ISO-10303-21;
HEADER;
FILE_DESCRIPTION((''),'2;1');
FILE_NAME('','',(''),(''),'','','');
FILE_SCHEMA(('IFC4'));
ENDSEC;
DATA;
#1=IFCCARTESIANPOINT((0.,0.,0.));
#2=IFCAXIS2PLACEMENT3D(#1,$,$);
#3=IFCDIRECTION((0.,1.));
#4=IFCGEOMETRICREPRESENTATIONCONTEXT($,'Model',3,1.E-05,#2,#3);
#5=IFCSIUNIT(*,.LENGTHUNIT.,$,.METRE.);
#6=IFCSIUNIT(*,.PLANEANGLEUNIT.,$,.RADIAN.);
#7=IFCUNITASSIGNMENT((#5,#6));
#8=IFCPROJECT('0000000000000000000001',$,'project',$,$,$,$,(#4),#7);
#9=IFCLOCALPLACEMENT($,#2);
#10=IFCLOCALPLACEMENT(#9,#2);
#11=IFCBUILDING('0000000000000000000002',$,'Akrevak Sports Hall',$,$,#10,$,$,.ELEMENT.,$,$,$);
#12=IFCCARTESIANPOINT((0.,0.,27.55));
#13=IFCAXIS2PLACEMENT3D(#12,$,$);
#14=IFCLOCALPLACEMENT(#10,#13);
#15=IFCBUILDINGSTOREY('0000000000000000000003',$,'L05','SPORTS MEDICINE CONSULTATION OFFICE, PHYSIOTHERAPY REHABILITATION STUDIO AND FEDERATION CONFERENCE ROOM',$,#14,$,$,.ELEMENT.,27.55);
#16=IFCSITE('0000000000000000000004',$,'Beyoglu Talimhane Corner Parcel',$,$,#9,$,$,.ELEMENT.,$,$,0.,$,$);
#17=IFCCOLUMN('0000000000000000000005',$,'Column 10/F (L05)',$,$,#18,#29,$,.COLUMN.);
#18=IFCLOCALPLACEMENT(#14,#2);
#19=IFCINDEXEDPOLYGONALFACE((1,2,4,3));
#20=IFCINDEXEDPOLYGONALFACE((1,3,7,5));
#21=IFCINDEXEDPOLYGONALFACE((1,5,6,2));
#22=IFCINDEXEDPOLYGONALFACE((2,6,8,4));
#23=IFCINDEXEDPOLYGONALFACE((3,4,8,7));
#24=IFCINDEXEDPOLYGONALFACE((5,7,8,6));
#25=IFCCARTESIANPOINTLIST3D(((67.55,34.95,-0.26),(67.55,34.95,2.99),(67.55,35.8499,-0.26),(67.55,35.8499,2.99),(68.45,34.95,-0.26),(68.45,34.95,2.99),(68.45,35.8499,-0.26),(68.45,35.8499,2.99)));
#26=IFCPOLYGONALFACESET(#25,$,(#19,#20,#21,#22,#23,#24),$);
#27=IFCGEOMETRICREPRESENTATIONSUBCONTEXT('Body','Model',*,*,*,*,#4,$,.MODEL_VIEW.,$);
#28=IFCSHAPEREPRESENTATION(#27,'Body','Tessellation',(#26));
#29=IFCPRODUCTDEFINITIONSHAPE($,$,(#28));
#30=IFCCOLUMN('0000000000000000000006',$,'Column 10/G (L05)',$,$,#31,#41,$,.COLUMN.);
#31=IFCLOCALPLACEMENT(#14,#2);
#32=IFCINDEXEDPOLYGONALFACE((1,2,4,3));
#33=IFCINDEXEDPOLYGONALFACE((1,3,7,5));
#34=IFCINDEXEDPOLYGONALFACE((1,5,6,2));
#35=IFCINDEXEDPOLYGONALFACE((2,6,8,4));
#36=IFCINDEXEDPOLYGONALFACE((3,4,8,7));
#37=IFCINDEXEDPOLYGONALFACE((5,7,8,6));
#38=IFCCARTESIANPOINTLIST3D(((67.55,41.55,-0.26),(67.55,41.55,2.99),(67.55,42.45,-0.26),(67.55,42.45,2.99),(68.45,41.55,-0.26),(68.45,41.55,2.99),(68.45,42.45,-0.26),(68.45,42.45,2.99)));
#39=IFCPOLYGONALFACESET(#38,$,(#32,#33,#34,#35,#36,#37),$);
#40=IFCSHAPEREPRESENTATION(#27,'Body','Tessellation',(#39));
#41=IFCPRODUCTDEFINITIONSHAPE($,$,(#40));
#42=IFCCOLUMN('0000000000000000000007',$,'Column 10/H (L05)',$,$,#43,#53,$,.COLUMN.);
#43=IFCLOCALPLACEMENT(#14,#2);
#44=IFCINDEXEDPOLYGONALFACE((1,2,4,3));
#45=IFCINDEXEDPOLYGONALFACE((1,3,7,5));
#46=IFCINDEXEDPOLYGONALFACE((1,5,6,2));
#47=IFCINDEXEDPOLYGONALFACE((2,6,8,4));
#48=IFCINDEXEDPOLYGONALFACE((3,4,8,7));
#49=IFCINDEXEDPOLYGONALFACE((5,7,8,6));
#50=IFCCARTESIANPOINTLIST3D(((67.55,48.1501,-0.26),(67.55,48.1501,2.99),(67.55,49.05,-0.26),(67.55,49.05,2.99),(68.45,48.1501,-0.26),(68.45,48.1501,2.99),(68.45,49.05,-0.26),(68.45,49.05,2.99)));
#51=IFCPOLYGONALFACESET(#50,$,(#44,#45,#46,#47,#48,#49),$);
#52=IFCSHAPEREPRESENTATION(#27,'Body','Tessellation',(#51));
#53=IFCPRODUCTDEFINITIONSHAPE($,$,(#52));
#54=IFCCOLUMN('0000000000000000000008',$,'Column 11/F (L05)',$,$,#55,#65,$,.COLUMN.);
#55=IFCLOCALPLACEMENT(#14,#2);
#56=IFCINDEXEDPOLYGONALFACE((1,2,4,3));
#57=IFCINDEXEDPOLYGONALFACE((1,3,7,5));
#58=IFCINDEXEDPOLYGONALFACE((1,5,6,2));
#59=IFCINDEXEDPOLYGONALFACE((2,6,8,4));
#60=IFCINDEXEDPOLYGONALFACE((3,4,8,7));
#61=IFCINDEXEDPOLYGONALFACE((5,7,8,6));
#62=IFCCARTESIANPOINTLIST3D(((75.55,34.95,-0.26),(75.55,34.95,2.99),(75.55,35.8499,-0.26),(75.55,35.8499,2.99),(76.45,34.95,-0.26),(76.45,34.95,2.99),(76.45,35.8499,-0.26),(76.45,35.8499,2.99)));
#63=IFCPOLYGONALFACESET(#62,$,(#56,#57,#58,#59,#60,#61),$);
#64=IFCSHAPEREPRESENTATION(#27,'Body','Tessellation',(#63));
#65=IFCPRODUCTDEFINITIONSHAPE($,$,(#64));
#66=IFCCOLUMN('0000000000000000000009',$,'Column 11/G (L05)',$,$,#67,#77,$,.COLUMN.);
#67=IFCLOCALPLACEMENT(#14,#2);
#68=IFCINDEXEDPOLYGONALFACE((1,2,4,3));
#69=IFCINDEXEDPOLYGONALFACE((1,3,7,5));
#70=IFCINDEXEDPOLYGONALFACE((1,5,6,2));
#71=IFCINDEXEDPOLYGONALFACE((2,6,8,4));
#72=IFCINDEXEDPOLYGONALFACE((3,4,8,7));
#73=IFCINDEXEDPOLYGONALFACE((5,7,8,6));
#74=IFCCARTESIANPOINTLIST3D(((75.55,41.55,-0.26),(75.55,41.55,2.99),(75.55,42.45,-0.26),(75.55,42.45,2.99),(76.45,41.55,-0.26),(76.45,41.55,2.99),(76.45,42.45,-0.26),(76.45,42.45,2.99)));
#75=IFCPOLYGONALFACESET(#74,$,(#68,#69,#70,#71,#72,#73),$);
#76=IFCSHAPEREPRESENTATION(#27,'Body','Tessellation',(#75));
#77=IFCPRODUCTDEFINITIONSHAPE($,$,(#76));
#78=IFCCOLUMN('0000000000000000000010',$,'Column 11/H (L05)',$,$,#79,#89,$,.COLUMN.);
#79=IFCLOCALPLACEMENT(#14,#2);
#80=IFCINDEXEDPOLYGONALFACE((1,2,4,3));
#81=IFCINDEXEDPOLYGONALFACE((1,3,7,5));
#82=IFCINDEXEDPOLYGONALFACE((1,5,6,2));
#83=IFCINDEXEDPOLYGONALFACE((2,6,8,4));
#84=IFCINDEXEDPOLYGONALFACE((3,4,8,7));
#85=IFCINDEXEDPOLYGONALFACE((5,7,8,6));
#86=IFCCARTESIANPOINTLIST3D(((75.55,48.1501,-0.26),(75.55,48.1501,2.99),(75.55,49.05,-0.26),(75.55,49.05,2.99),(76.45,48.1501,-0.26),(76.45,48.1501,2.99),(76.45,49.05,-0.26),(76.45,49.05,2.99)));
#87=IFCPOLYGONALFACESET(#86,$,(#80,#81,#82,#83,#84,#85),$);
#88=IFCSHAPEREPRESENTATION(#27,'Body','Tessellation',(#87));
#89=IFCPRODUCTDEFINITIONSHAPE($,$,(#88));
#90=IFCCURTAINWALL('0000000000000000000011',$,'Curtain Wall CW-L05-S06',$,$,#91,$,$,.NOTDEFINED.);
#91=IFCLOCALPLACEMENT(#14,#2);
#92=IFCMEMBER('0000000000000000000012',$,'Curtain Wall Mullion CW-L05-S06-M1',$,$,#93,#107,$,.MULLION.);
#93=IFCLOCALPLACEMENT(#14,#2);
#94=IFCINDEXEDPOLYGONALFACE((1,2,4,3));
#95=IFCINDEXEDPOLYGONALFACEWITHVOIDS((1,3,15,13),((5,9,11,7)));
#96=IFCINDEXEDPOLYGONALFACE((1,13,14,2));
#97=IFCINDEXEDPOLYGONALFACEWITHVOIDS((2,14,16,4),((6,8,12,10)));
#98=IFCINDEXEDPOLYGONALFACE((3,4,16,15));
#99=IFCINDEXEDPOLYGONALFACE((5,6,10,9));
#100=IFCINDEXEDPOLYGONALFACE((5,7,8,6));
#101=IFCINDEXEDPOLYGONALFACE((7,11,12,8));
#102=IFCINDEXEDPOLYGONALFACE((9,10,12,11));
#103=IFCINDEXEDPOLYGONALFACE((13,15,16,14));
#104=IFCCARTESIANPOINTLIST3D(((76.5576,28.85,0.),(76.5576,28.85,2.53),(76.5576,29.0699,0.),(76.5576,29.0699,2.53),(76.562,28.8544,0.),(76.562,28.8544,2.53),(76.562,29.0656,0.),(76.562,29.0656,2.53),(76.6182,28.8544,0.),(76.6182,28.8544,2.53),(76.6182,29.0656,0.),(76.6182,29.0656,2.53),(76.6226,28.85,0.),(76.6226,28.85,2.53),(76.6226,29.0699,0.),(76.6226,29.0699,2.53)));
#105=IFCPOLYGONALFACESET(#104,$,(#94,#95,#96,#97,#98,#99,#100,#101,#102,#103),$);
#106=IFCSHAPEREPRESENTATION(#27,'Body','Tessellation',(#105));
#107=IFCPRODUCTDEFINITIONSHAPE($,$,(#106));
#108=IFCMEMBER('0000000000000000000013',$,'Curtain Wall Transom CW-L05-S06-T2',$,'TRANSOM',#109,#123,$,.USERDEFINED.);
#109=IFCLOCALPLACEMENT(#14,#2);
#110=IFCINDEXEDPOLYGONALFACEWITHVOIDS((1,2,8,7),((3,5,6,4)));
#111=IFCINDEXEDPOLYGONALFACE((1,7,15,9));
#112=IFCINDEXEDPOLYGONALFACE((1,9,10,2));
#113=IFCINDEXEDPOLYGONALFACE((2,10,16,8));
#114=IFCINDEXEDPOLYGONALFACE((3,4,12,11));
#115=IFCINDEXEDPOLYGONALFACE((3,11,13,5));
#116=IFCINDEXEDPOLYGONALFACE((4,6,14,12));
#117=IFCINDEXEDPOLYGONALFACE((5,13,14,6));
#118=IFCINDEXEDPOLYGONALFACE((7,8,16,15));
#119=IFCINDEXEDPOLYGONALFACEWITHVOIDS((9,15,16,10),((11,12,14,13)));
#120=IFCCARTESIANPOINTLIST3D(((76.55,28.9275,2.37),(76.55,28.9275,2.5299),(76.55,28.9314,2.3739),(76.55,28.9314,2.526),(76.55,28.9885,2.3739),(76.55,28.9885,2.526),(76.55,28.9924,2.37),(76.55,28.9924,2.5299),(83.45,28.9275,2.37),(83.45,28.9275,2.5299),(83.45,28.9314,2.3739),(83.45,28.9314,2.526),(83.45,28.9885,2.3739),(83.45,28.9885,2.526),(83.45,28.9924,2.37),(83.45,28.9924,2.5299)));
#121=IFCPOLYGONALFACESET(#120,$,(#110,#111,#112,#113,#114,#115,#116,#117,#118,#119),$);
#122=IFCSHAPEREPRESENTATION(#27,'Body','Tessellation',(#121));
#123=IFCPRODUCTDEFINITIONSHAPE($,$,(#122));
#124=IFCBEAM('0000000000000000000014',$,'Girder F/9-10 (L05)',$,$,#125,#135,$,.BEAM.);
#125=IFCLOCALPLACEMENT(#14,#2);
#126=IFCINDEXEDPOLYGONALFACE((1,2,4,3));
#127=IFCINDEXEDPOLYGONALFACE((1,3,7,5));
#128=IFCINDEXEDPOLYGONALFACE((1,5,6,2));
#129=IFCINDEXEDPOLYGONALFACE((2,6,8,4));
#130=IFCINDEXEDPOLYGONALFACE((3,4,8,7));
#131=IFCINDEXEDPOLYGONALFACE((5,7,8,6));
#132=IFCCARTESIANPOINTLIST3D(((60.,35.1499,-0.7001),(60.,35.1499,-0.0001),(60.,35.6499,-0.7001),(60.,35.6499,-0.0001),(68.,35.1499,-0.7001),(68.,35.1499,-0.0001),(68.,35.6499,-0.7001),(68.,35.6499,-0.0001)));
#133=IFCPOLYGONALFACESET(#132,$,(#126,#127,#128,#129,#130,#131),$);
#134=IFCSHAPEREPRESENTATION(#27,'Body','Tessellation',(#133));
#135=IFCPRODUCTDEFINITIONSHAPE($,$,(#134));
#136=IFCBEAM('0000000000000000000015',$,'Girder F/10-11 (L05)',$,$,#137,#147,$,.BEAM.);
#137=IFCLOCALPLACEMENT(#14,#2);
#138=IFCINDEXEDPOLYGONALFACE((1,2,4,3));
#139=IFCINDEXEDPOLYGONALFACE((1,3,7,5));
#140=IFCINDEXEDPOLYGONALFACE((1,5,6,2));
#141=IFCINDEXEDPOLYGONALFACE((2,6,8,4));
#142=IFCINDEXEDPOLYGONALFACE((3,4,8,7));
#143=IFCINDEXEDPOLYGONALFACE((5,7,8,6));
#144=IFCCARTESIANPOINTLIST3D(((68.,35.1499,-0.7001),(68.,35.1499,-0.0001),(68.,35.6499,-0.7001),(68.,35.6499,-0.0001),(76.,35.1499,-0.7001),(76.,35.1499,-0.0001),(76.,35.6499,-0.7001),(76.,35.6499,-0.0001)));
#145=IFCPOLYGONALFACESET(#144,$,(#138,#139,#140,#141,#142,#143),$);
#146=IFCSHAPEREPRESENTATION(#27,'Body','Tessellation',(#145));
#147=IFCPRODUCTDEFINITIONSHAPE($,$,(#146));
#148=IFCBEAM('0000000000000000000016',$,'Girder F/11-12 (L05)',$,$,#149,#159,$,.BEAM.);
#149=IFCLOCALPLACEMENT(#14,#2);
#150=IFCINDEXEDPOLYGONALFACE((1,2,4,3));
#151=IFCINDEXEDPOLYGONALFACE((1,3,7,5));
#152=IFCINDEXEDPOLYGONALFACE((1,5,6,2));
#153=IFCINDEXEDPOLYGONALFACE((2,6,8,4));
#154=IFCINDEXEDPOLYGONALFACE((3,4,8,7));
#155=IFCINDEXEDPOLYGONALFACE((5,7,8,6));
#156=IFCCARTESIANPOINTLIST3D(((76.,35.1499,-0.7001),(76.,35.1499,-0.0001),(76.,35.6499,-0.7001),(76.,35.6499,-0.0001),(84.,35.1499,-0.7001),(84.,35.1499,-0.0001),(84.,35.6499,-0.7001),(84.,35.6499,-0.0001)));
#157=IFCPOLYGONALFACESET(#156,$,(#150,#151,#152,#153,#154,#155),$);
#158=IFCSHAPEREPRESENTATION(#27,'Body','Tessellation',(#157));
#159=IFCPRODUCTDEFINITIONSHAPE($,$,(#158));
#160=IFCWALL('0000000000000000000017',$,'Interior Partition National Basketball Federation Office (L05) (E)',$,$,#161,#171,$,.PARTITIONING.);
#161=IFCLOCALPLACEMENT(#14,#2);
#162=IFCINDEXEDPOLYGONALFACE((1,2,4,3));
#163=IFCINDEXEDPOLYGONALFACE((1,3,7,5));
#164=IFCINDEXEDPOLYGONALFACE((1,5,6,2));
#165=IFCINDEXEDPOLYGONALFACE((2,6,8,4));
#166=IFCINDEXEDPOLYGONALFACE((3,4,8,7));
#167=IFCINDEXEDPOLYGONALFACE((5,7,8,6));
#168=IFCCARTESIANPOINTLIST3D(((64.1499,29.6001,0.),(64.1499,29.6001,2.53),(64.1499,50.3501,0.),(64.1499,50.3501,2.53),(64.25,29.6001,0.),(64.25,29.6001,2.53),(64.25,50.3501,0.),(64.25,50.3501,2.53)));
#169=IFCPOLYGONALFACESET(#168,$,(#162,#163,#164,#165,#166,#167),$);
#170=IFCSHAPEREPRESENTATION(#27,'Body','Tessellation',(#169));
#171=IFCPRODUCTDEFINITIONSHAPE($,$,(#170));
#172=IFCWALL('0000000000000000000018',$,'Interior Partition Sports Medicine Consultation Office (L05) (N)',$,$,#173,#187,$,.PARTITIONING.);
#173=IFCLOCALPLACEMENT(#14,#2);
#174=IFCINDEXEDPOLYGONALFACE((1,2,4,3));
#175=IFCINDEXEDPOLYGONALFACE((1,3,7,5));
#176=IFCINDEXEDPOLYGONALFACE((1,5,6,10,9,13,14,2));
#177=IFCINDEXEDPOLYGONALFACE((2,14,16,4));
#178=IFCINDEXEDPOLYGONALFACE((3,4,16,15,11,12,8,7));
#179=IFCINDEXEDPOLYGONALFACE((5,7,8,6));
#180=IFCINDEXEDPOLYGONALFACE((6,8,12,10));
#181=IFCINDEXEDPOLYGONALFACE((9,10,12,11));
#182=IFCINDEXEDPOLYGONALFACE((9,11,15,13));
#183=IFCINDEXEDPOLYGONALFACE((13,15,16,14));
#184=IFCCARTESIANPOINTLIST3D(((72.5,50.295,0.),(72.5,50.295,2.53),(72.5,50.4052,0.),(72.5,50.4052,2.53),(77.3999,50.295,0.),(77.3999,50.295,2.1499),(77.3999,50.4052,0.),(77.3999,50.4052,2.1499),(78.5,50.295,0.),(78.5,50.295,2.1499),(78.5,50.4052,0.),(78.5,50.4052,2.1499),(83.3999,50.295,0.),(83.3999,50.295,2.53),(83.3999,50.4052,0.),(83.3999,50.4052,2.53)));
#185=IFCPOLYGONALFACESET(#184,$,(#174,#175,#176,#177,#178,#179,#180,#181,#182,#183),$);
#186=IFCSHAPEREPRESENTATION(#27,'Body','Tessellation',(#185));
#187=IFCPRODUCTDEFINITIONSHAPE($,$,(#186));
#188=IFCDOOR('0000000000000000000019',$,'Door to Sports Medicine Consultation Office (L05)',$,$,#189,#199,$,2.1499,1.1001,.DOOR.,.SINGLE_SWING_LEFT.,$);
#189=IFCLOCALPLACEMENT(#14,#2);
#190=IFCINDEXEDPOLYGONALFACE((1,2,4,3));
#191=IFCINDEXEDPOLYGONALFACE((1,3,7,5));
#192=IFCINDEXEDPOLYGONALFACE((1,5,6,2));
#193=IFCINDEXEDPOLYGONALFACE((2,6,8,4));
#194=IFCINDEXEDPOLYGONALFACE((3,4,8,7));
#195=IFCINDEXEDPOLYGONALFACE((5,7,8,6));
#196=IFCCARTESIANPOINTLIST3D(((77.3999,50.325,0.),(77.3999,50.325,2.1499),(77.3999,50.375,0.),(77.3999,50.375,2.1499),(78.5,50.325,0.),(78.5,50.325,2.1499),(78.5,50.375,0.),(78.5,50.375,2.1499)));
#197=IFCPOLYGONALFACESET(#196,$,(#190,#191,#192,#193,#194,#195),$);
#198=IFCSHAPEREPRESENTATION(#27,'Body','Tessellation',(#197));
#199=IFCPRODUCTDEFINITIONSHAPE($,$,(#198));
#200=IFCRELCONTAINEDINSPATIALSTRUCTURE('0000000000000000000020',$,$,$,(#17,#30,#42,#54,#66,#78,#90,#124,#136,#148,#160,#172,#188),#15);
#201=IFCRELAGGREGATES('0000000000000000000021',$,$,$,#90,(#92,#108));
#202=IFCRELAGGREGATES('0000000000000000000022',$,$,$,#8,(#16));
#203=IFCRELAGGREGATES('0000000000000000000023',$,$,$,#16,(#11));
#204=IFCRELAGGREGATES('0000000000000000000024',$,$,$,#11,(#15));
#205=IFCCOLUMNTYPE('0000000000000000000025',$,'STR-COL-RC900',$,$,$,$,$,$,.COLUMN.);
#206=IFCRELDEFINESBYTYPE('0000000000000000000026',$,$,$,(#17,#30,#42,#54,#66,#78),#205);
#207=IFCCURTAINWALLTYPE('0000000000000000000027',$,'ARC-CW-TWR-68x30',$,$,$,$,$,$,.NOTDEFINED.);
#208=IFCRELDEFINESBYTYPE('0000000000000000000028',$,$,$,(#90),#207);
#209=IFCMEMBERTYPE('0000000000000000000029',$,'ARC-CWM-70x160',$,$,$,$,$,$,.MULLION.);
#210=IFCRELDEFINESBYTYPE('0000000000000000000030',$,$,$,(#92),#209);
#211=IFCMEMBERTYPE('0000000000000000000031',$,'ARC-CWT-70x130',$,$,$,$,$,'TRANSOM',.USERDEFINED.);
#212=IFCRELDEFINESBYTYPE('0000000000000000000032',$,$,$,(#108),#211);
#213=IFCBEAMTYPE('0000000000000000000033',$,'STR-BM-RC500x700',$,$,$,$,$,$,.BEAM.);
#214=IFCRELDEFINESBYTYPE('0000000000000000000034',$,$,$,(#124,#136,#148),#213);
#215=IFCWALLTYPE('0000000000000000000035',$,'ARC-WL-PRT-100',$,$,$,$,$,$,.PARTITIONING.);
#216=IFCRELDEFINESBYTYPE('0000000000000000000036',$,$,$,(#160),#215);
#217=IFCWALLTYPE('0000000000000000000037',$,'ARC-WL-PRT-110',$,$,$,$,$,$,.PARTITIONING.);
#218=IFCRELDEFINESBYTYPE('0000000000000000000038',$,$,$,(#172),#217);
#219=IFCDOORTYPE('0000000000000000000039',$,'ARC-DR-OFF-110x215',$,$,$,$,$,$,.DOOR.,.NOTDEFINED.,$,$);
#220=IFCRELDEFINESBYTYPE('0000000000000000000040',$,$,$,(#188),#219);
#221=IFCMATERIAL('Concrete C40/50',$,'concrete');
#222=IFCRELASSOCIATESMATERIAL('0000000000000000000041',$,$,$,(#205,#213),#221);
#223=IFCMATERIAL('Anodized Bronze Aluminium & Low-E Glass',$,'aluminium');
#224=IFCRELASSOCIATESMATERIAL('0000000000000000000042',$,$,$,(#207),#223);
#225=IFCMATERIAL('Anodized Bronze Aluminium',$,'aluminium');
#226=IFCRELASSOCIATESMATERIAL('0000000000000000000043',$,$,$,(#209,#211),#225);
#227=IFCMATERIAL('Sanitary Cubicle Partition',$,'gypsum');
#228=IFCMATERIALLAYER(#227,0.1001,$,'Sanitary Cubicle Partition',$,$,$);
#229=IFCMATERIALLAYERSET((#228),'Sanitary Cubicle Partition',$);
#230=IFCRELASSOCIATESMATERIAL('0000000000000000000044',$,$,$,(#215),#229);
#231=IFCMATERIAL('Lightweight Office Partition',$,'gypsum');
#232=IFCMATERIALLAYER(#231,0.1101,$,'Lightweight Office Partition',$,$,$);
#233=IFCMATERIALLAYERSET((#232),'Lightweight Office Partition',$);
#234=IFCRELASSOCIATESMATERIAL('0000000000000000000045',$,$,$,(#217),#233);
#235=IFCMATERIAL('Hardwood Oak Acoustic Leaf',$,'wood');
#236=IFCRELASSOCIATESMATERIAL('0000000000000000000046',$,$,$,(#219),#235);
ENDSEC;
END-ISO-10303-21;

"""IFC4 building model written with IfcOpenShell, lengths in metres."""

from ifc_helpers import new_model, si_unit, direction, frame, frame_2d, origin, origin_2d, place, context, subcontext, project, spatial, rectangle, hollow_rectangle, extrude, material, layer, layer_set, material_profile, profile_set, type_object, element, fill, aggregate, save


model = new_model("IFC4")

# Units and contexts
model_context = context("Model", 3, precision=1e-05, world=origin(), true_north=direction((0.0, 1.0)))
body_context = subcontext(model_context, "Body", "Model", "MODEL_VIEW")
ifc_project = project(units=[si_unit("LENGTHUNIT", "METRE"), si_unit("PLANEANGLEUNIT", "RADIAN")], contexts=[model_context])

# Site, building, storey
site_placement = place(None, origin())
site = spatial("IfcSite", under=ifc_project, at=site_placement, Name="Beyoglu Talimhane Corner Parcel", CompositionType="ELEMENT", RefElevation=0.0)
building_placement = place(site_placement, origin())
building = spatial("IfcBuilding", under=site, at=building_placement, Name="Akrevak Sports Hall", CompositionType="ELEMENT")
storey_placement = place(building_placement, frame((0.0, 0.0, 27.55)))
storey = spatial("IfcBuildingStorey", under=building, at=storey_placement, Name="L05", Description="SPORTS MEDICINE CONSULTATION OFFICE, PHYSIOTHERAPY REHABILITATION STUDIO AND FEDERATION CONFERENCE ROOM", CompositionType="ELEMENT", Elevation=27.55)

# Columns
ifc_material_1 = material(Name="Concrete C40/50", Category="concrete")
ifc_material_profile_1 = material_profile(ifc_material_1, rectangle(XDim=0.8999, YDim=0.8999, at=origin_2d()), Name="RC 900x900", Category="concrete")
ifc_profile_set_1 = profile_set([ifc_material_profile_1], Name="Concrete C40/50")
column_type = type_object("IfcColumnType", Name="STR-COL-RC900", PredefinedType="COLUMN", material=ifc_profile_set_1)
for number, where, z_axis, x_axis, name in (
    (1, (68.0, 35.3999, -0.26), (0.0, 0.0, 1.0), (1.0, 0.0, 0.0), "Column 10/F (L05)"),
    (2, (68.0, 42.0, -0.26), (0.0, 0.0, 1.0), (1.0, 0.0, 0.0), "Column 10/G (L05)"),
    (3, (68.0, 48.6001, -0.26), (0.0, 0.0, 1.0), (1.0, 0.0, 0.0), "Column 10/H (L05)"),
    (4, (76.0, 35.3999, -0.26), (0.0, 0.0, 1.0), (1.0, 0.0, 0.0), "Column 11/F (L05)"),
    (5, (76.0, 42.0, -0.26), (0.0, 0.0, 1.0), (1.0, 0.0, 0.0), "Column 11/G (L05)"),
    (6, (76.0, 48.6001, -0.26), (0.0, 0.0, 1.0), (1.0, 0.0, 0.0), "Column 11/H (L05)"),
):
    element("IfcColumn", number, at=place(storey_placement, frame(where, z_axis=z_axis, x_axis=x_axis)), inside=storey, type_object=column_type, Name=name, PredefinedType="COLUMN", context=body_context, shape_type="SweptSolid", body=[
        extrude(rectangle(XDim=0.8999, YDim=0.8999, at=origin_2d()), origin(), (0.0, 0.0, 1.0), 3.25),
    ])

# Curtain wall, members
ifc_material_2 = material(Name="Anodized Bronze Aluminium & Low-E Glass", Category="aluminium")
curtain_wall_type = type_object("IfcCurtainWallType", Name="ARC-CW-TWR-68x30", PredefinedType="NOTDEFINED", material=ifc_material_2)
curtain_wall_placement = place(storey_placement, origin())
curtain_wall = element("IfcCurtainWall", 7, at=curtain_wall_placement, inside=storey, type_object=curtain_wall_type, Name="Curtain Wall CW-L05-S06", PredefinedType="NOTDEFINED")
ifc_material_3 = material(Name="Anodized Bronze Aluminium", Category="aluminium")
ifc_material_profile_2 = material_profile(ifc_material_3, hollow_rectangle(XDim=0.0649, YDim=0.22, WallThickness=0.0044, at=origin_2d()), Name="CWM 65x220", Category="aluminium")
ifc_profile_set_2 = profile_set([ifc_material_profile_2], Name="Anodized Bronze Aluminium")
member_type_1 = type_object("IfcMemberType", Name="ARC-CWM-70x160", PredefinedType="MULLION", material=ifc_profile_set_2)
member_1_placement = place(storey_placement, frame((76.5901, 28.96, 0.0), z_axis=(0.0, 0.0, 1.0), x_axis=(1.0, 0.0, 0.0)))
member_1 = element("IfcMember", 8, at=member_1_placement, type_object=member_type_1, Name="Curtain Wall Mullion CW-L05-S06-M1", PredefinedType="MULLION", context=body_context, shape_type="SweptSolid", body=[
    extrude(hollow_rectangle(XDim=0.0649, YDim=0.22, WallThickness=0.0044, at=origin_2d()), origin(), (0.0, 0.0, 1.0), 2.53),
])
ifc_material_profile_3 = material_profile(ifc_material_3, hollow_rectangle(XDim=0.0649, YDim=0.1599, WallThickness=0.0039, at=origin_2d()), Name="CWT 65x160", Category="aluminium")
ifc_profile_set_3 = profile_set([ifc_material_profile_3], Name="Anodized Bronze Aluminium")
member_type_2 = type_object("IfcMemberType", Name="ARC-CWT-70x130", ElementType="TRANSOM", PredefinedType="USERDEFINED", material=ifc_profile_set_3)
member_2_placement = place(storey_placement, frame((76.55, 28.96, 2.45), z_axis=(1.0, 0.0, 0.0), x_axis=(0.0, 1.0, 0.0)))
member_2 = element("IfcMember", 9, at=member_2_placement, type_object=member_type_2, Name="Curtain Wall Transom CW-L05-S06-T2", ObjectType="TRANSOM", PredefinedType="USERDEFINED", context=body_context, shape_type="SweptSolid", body=[
    extrude(hollow_rectangle(XDim=0.0649, YDim=0.1599, WallThickness=0.0039, at=origin_2d()), origin(), (0.0, 0.0, 1.0), 6.8999),
])
aggregate(curtain_wall, [member_1, member_2])

# Beams
ifc_material_profile_4 = material_profile(ifc_material_1, rectangle(XDim=0.5, YDim=0.7, at=origin_2d()), Name="BM 500x700", Category="concrete")
ifc_profile_set_4 = profile_set([ifc_material_profile_4], Name="Concrete C40/50")
beam_type = type_object("IfcBeamType", Name="STR-BM-RC500x700", PredefinedType="BEAM", material=ifc_profile_set_4)
for number, where, z_axis, x_axis, name in (
    (10, (60.0, 35.3999, -0.3501), (1.0, 0.0, 0.0), (0.0, 1.0, 0.0), "Girder F/9-10 (L05)"),
    (11, (68.0, 35.3999, -0.3501), (1.0, 0.0, 0.0), (0.0, 1.0, 0.0), "Girder F/10-11 (L05)"),
    (12, (76.0, 35.3999, -0.3501), (1.0, 0.0, 0.0), (0.0, 1.0, 0.0), "Girder F/11-12 (L05)"),
):
    element("IfcBeam", number, at=place(storey_placement, frame(where, z_axis=z_axis, x_axis=x_axis)), inside=storey, type_object=beam_type, Name=name, PredefinedType="BEAM", context=body_context, shape_type="SweptSolid", body=[
        extrude(rectangle(XDim=0.5, YDim=0.7, at=origin_2d()), origin(), (0.0, 0.0, 1.0), 8.0),
    ])

# Wall
ifc_material_4 = material(Name="Sanitary Cubicle Partition", Category="gypsum")
ifc_layer_1 = layer(ifc_material_4, 0.1001, Name="Sanitary Cubicle Partition")
ifc_layer_set_1 = layer_set([ifc_layer_1], Name="Sanitary Cubicle Partition")
wall_type_1 = type_object("IfcWallType", Name="ARC-WL-PRT-100", PredefinedType="PARTITIONING", material=ifc_layer_set_1)
wall_1_placement = place(storey_placement, frame((64.2, 29.6001, 0.0), z_axis=(0.0, 0.0, 1.0), x_axis=(0.0, 1.0, 0.0)))
element("IfcWall", 13, at=wall_1_placement, inside=storey, type_object=wall_type_1, Name="Interior Partition National Basketball Federation Office (L05) (E)", PredefinedType="PARTITIONING", context=body_context, shape_type="SweptSolid", body=[
    extrude(rectangle(XDim=20.75, YDim=0.1001, at=frame_2d((10.375, 0.0))), origin(), (0.0, 0.0, 1.0), 2.53),
])

# Wall, opening, door
ifc_material_5 = material(Name="Lightweight Office Partition", Category="gypsum")
ifc_layer_2 = layer(ifc_material_5, 0.1101, Name="Lightweight Office Partition")
ifc_layer_set_2 = layer_set([ifc_layer_2], Name="Lightweight Office Partition")
wall_type_2 = type_object("IfcWallType", Name="ARC-WL-PRT-110", PredefinedType="PARTITIONING", material=ifc_layer_set_2)
wall_2_placement = place(storey_placement, frame((72.5, 50.3501, 0.0), z_axis=(0.0, 0.0, 1.0), x_axis=(1.0, 0.0, 0.0)))
wall_2 = element("IfcWall", 14, at=wall_2_placement, inside=storey, type_object=wall_type_2, Name="Interior Partition Sports Medicine Consultation Office (L05) (N)", PredefinedType="PARTITIONING", context=body_context, shape_type="SweptSolid", body=[
    extrude(rectangle(XDim=10.8999, YDim=0.1101, at=frame_2d((5.45, 0.0))), origin(), (0.0, 0.0, 1.0), 2.53),
])
opening_1_placement = place(wall_2_placement, frame((4.8999, 0.0, 0.0)))
opening_1 = element("IfcOpeningElement", 15, at=opening_1_placement, cuts=wall_2, PredefinedType="OPENING", context=body_context, shape_type="SweptSolid", body=[
    extrude(rectangle(XDim=1.1001, YDim=2.1499, at=frame_2d((0.55, 1.075))), frame((0.0, 0.0669, 0.0), z_axis=(0.0, -1.0, 0.0), x_axis=(1.0, 0.0, 0.0)), (0.0, 0.0, 1.0), 0.134),
])
ifc_material_6 = material(Name="Hardwood Oak Acoustic Leaf", Category="wood")
door_type_1 = type_object("IfcDoorType", Name="ARC-DR-OFF-110x215", OperationType="NOTDEFINED", PredefinedType="DOOR", material=ifc_material_6)
door_1_placement = place(opening_1_placement, origin())
door_1 = element("IfcDoor", 16, at=door_1_placement, inside=storey, type_object=door_type_1, Name="Door to Sports Medicine Consultation Office (L05)", OperationType="SINGLE_SWING_LEFT", OverallHeight=2.1499, OverallWidth=1.1001, PredefinedType="DOOR", context=body_context, shape_type="SweptSolid", body=[
    extrude(rectangle(XDim=1.1001, YDim=2.1499, at=frame_2d((0.55, 1.075))), frame((0.0, 0.0249, 0.0), z_axis=(0.0, -1.0, 0.0), x_axis=(1.0, 0.0, 0.0)), (0.0, 0.0, 1.0), 0.05),
])
fill(opening_1, door_1)

save(model, "model.ifc")
